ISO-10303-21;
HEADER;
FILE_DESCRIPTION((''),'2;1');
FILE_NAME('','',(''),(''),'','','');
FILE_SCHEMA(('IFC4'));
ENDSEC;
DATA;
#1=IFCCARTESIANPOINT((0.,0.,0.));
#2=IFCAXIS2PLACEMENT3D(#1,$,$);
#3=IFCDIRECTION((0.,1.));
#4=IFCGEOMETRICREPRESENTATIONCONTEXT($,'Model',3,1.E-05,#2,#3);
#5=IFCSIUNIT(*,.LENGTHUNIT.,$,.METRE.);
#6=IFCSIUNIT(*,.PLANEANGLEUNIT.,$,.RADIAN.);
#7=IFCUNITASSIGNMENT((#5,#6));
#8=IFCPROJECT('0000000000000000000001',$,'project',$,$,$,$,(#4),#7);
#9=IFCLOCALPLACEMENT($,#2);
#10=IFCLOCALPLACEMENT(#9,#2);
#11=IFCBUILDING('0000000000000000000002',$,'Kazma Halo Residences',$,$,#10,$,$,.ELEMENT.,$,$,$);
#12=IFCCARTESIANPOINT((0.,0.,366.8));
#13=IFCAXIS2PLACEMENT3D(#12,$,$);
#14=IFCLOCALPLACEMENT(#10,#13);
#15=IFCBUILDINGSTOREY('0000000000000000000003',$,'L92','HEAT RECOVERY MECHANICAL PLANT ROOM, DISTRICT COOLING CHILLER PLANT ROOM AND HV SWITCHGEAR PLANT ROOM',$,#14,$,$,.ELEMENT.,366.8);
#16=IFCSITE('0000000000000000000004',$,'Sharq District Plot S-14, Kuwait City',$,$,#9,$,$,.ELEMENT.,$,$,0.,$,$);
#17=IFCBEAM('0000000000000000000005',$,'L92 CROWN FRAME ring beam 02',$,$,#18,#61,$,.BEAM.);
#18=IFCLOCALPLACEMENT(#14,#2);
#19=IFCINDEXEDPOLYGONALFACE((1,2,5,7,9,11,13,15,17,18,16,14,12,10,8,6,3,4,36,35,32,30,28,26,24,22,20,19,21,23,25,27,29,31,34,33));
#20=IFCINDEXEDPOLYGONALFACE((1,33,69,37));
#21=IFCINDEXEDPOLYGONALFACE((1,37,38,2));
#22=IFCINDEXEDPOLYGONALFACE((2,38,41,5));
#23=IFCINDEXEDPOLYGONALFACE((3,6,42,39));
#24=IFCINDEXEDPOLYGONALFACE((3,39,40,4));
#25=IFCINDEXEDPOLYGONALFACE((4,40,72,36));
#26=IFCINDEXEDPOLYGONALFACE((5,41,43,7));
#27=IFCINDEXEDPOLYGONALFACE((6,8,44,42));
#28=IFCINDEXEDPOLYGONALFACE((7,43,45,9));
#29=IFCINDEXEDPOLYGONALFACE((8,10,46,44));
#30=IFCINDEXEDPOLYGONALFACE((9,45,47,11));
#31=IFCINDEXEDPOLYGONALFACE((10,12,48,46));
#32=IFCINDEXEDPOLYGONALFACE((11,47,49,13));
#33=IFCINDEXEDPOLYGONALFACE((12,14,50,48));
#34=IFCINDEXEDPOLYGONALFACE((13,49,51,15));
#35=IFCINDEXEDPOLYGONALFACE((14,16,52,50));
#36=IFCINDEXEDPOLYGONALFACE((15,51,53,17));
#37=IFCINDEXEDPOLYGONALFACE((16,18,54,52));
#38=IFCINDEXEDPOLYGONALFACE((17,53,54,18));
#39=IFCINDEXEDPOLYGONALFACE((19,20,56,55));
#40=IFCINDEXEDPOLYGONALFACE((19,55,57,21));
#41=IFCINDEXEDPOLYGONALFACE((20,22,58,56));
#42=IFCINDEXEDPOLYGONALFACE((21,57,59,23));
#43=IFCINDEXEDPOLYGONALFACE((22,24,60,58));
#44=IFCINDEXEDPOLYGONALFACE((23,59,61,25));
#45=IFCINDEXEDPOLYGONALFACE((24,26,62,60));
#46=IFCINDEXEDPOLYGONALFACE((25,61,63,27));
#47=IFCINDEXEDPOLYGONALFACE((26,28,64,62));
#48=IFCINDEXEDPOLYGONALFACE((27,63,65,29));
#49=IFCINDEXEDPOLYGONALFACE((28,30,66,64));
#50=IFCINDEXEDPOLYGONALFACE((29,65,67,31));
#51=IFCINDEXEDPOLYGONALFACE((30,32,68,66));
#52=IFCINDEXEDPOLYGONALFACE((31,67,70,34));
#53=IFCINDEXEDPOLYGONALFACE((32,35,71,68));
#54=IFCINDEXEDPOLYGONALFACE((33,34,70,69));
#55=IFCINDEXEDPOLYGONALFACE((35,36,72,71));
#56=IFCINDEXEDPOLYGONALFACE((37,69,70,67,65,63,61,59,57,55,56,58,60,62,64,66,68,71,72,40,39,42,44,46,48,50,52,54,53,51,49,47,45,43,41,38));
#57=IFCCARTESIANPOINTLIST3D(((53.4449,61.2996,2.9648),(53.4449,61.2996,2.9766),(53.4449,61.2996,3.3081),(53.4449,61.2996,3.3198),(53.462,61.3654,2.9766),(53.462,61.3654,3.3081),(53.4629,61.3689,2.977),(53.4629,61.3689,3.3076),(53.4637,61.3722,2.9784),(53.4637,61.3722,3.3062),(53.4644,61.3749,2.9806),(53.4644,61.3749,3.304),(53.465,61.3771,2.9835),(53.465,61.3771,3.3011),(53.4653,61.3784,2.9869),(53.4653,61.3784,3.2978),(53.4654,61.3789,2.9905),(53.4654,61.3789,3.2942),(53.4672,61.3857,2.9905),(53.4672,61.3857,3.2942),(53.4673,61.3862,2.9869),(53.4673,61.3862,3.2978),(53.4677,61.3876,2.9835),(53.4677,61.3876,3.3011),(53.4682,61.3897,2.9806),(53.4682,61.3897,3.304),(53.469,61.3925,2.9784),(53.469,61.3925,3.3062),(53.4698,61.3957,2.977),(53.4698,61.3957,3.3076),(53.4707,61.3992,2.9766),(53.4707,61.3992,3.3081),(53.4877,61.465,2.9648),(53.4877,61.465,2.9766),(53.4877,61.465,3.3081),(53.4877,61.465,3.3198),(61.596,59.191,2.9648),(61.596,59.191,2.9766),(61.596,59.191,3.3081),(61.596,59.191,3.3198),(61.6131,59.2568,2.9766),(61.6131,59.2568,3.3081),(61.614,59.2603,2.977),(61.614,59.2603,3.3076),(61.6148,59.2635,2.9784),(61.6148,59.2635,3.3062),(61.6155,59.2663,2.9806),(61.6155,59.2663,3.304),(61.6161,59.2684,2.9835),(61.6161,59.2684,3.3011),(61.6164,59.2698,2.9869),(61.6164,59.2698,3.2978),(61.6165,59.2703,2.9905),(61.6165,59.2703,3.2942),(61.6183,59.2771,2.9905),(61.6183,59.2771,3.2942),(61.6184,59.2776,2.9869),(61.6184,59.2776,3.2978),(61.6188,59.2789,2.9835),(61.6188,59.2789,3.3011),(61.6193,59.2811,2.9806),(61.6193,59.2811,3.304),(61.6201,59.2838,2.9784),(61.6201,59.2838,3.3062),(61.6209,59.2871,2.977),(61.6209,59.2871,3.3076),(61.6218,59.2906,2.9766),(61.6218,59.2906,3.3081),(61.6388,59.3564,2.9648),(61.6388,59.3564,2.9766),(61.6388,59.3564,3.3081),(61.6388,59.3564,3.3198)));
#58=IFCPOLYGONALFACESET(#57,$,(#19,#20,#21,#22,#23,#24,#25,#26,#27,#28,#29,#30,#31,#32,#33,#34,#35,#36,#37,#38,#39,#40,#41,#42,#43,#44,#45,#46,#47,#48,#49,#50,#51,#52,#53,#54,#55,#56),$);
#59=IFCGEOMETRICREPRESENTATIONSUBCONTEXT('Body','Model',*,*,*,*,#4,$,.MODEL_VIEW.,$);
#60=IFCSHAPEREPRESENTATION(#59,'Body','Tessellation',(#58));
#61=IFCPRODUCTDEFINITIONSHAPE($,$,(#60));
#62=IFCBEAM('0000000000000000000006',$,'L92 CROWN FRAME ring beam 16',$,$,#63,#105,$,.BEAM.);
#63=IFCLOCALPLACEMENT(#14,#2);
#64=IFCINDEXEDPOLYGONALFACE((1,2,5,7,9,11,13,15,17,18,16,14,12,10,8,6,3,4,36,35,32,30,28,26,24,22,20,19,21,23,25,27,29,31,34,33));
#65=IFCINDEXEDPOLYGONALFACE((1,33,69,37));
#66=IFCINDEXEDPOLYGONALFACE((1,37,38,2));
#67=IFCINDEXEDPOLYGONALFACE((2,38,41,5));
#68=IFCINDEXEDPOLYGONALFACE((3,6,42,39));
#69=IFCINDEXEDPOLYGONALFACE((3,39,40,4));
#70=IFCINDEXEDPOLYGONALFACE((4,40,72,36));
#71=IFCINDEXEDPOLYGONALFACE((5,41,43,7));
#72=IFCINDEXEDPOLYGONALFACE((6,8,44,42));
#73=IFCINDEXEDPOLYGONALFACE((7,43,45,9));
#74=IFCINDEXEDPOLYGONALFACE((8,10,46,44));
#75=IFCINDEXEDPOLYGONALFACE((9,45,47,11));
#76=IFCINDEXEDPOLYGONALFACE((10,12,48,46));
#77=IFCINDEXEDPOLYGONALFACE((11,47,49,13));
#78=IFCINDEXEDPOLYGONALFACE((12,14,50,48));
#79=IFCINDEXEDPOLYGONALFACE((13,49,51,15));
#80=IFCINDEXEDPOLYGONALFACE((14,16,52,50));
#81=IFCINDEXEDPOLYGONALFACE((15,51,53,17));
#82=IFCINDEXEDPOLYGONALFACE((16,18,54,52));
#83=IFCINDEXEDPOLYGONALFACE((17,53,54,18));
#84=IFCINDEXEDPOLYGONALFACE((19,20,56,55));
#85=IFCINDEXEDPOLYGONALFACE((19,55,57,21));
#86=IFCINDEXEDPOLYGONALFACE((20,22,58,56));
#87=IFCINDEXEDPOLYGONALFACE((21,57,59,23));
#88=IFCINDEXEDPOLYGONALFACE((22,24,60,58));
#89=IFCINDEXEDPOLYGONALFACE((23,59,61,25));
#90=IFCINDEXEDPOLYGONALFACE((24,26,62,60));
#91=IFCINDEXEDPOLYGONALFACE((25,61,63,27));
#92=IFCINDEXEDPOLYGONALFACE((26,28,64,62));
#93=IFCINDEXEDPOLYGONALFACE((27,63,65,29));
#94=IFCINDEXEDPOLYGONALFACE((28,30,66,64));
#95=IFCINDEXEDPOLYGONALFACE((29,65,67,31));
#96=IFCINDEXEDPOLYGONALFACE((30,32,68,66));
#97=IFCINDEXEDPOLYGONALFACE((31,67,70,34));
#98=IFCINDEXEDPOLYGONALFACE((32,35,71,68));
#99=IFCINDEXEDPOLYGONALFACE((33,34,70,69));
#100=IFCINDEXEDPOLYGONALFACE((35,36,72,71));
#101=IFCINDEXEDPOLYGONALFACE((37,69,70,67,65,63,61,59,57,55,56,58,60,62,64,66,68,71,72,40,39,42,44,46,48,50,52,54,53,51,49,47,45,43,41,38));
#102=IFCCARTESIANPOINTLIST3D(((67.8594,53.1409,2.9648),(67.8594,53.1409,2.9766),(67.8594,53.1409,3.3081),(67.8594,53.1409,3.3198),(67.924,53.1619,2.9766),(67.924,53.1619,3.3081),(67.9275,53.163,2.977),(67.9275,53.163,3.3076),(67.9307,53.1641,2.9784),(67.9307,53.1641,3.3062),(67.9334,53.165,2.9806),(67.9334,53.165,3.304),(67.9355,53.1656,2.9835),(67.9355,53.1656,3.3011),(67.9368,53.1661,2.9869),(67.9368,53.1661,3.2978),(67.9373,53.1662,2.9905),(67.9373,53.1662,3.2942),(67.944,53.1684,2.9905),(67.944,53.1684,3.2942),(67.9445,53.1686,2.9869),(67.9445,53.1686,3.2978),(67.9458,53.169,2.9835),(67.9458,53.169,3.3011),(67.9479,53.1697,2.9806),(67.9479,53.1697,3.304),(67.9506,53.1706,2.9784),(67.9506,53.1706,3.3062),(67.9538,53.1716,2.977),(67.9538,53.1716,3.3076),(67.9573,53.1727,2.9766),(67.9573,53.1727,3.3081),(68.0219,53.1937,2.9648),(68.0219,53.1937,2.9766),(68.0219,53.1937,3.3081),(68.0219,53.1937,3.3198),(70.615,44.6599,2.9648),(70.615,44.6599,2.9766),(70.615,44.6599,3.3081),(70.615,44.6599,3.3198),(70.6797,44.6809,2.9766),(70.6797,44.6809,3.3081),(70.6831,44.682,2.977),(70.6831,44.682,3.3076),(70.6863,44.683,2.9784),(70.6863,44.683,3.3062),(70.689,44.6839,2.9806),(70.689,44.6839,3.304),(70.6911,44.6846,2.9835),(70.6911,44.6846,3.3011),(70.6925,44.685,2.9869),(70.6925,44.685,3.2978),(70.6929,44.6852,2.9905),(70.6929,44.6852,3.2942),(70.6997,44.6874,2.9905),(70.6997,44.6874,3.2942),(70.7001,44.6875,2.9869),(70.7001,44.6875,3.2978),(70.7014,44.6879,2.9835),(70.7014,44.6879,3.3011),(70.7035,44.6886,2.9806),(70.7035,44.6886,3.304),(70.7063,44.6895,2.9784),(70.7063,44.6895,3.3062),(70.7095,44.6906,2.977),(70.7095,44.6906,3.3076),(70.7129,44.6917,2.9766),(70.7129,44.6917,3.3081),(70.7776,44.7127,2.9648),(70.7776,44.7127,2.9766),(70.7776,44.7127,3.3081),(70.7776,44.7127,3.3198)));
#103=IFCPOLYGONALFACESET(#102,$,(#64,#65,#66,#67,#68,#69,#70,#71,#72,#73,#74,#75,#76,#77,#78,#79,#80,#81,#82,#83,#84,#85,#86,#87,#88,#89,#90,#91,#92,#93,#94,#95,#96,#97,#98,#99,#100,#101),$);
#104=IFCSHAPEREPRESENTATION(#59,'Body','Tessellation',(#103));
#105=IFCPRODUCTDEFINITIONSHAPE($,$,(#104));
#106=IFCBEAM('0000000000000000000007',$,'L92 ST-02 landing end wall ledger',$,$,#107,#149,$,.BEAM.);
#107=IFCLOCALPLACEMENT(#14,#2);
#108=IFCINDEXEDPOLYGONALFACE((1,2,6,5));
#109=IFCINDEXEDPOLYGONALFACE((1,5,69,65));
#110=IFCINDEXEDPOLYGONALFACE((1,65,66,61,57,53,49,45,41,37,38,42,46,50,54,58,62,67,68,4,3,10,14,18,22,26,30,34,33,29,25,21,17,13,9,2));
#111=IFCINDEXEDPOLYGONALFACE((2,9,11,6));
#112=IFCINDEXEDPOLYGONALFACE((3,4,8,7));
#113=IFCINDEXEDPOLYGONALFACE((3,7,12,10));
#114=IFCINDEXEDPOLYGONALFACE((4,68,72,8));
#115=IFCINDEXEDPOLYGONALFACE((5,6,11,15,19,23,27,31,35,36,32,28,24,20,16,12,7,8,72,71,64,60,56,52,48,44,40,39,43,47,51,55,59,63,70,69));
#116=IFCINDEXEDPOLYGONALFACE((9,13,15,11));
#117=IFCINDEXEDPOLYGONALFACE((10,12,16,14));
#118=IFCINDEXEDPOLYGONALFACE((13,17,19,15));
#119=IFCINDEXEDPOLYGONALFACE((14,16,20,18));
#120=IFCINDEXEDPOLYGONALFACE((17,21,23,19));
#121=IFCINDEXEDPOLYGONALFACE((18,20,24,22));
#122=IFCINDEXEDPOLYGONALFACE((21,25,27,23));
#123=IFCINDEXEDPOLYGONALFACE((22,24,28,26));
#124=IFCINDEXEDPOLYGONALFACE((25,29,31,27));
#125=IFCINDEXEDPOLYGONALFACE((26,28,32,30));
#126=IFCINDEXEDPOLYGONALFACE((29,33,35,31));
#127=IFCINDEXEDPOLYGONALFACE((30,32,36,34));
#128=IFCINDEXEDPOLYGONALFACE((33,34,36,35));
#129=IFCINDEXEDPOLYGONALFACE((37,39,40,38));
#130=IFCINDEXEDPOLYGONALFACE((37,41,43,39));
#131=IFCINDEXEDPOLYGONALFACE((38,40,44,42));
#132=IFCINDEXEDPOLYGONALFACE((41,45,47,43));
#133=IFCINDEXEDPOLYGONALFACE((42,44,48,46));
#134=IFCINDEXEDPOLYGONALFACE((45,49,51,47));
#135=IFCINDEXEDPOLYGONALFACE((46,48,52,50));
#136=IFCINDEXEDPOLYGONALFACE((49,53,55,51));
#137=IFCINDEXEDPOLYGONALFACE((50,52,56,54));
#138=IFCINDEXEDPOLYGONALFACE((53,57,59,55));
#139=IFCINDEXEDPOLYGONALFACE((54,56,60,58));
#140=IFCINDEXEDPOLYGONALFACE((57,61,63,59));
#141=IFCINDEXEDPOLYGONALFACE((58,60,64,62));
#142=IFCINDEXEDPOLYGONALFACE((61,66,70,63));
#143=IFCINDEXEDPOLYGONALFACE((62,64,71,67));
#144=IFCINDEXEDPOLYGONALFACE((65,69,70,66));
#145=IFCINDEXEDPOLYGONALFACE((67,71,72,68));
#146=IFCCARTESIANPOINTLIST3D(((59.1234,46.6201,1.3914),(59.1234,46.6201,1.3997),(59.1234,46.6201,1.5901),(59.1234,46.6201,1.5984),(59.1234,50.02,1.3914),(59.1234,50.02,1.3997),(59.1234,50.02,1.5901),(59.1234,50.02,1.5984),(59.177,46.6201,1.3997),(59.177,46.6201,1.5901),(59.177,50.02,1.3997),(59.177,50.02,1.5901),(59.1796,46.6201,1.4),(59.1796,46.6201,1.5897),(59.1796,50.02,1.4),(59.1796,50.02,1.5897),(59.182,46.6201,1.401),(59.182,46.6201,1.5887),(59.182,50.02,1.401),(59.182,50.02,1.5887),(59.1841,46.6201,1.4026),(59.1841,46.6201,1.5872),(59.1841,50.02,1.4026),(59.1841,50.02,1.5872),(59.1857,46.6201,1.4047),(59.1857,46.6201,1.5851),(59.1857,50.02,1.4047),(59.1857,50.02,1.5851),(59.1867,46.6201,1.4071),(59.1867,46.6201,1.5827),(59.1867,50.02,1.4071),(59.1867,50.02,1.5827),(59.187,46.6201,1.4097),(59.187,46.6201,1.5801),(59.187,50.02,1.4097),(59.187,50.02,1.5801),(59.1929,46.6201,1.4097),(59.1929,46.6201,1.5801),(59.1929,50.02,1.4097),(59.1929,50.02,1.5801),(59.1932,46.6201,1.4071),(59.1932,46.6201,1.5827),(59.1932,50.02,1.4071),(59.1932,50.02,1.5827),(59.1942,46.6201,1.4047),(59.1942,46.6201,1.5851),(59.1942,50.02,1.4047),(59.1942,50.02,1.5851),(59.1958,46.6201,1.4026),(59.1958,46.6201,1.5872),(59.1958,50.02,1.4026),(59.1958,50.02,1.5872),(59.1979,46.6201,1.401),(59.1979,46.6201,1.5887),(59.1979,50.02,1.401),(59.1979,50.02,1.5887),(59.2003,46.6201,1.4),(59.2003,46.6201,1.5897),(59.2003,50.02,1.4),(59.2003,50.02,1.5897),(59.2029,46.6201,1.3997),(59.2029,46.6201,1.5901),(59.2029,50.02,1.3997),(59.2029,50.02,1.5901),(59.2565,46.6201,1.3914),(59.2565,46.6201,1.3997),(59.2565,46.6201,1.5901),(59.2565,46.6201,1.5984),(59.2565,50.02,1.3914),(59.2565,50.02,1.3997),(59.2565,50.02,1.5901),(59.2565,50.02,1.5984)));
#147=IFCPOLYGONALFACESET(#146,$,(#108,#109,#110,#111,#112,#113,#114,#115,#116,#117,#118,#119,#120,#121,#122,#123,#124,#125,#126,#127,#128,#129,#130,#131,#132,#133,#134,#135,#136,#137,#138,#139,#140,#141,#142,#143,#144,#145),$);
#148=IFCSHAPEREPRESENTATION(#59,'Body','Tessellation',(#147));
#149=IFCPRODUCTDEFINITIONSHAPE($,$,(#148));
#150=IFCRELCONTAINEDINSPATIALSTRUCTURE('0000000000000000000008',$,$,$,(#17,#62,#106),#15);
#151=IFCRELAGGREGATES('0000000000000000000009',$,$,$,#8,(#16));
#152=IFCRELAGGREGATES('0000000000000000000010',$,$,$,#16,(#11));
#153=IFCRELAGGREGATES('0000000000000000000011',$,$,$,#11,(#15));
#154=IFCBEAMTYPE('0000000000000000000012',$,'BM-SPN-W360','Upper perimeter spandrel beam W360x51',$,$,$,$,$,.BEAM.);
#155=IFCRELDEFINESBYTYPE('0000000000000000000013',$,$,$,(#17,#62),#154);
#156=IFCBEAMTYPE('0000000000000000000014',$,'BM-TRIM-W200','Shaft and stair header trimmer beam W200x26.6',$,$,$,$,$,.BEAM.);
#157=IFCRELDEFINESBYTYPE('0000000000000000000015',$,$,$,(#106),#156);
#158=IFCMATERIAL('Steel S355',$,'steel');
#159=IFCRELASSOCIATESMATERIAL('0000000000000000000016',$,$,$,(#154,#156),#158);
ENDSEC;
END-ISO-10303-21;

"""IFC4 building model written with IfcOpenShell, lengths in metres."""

from ifc_helpers import new_model, si_unit, direction, frame, origin, origin_2d, place, context, subcontext, project, spatial, i_section, extrude, material, material_profile, profile_set, type_object, element, save


model = new_model("IFC4")

# Units and contexts
model_context = context("Model", 3, precision=1e-05, world=origin(), true_north=direction((0.0, 1.0)))
body_context = subcontext(model_context, "Body", "Model", "MODEL_VIEW")
ifc_project = project(units=[si_unit("LENGTHUNIT", "METRE"), si_unit("PLANEANGLEUNIT", "RADIAN")], contexts=[model_context])

# Site, building, storey
site_placement = place(None, origin())
site = spatial("IfcSite", under=ifc_project, at=site_placement, Name="Sharq District Plot S-14, Kuwait City", CompositionType="ELEMENT", RefElevation=0.0)
building_placement = place(site_placement, origin())
building = spatial("IfcBuilding", under=site, at=building_placement, Name="Kazma Halo Residences", CompositionType="ELEMENT")
storey_placement = place(building_placement, frame((0.0, 0.0, 366.8)))
storey = spatial("IfcBuildingStorey", under=building, at=storey_placement, Name="L92", Description="HEAT RECOVERY MECHANICAL PLANT ROOM, DISTRICT COOLING CHILLER PLANT ROOM AND HV SWITCHGEAR PLANT ROOM", CompositionType="ELEMENT", Elevation=366.8)

# Shared definitions
ifc_material_1 = material(Name="Steel S355", Category="steel")

# Beams
ifc_material_profile_1 = material_profile(ifc_material_1, i_section(OverallWidth=0.1709, OverallDepth=0.355, WebThickness=0.0071, FlangeThickness=0.0117, FilletRadius=0.0139, at=origin_2d()), Name="W360x51")
ifc_profile_set_1 = profile_set([ifc_material_profile_1], Name="Steel S355")
beam_type_1 = type_object("IfcBeamType", Name="BM-SPN-W360", Description="Upper perimeter spandrel beam W360x51", PredefinedType="BEAM", material=ifc_profile_set_1)
beam_1_placement = place(storey_placement, frame((61.6174, 59.2737, 3.1423), z_axis=(-0.96813, 0.250449, 0.0), x_axis=(-0.250449, -0.96813, 0.0)))
element("IfcBeam", 1, at=beam_1_placement, inside=storey, type_object=beam_type_1, Name="L92 CROWN FRAME ring beam 02", PredefinedType="BEAM", context=body_context, shape_type="SweptSolid", body=[
    extrude(i_section(OverallWidth=0.1709, OverallDepth=0.355, WebThickness=0.0071, FlangeThickness=0.0117, FilletRadius=0.0139, at=origin_2d()), origin(), (0.0, 0.0, 1.0), 8.4194),
])
beam_2_placement = place(storey_placement, frame((70.6963, 44.6863, 3.1423), z_axis=(-0.309015, 0.951057, 0.0), x_axis=(-0.951057, -0.309015, 0.0)))
element("IfcBeam", 2, at=beam_2_placement, inside=storey, type_object=beam_type_1, Name="L92 CROWN FRAME ring beam 16", PredefinedType="BEAM", context=body_context, shape_type="SweptSolid", body=[
    extrude(i_section(OverallWidth=0.1709, OverallDepth=0.355, WebThickness=0.0071, FlangeThickness=0.0117, FilletRadius=0.0139, at=origin_2d()), origin(), (0.0, 0.0, 1.0), 8.9175),
])
ifc_material_profile_2 = material_profile(ifc_material_1, i_section(OverallWidth=0.1331, OverallDepth=0.207, WebThickness=0.0059, FlangeThickness=0.0083, FilletRadius=0.01, at=origin_2d()), Name="W200x26.6")
ifc_profile_set_2 = profile_set([ifc_material_profile_2], Name="Steel S355")
beam_type_2 = type_object("IfcBeamType", Name="BM-TRIM-W200", Description="Shaft and stair header trimmer beam W200x26.6", PredefinedType="BEAM", material=ifc_profile_set_2)
beam_3_placement = place(storey_placement, frame((59.1899, 46.6201, 1.4949), z_axis=(0.0, 1.0, 0.0), x_axis=(-1.0, 0.0, 0.0)))
element("IfcBeam", 3, at=beam_3_placement, inside=storey, type_object=beam_type_2, Name="L92 ST-02 landing end wall ledger", PredefinedType="BEAM", context=body_context, shape_type="SweptSolid", body=[
    extrude(i_section(OverallWidth=0.1331, OverallDepth=0.207, WebThickness=0.0059, FlangeThickness=0.0083, FilletRadius=0.01, at=origin_2d()), origin(), (0.0, 0.0, 1.0), 3.3999),
])

save(model, "model.ifc")
